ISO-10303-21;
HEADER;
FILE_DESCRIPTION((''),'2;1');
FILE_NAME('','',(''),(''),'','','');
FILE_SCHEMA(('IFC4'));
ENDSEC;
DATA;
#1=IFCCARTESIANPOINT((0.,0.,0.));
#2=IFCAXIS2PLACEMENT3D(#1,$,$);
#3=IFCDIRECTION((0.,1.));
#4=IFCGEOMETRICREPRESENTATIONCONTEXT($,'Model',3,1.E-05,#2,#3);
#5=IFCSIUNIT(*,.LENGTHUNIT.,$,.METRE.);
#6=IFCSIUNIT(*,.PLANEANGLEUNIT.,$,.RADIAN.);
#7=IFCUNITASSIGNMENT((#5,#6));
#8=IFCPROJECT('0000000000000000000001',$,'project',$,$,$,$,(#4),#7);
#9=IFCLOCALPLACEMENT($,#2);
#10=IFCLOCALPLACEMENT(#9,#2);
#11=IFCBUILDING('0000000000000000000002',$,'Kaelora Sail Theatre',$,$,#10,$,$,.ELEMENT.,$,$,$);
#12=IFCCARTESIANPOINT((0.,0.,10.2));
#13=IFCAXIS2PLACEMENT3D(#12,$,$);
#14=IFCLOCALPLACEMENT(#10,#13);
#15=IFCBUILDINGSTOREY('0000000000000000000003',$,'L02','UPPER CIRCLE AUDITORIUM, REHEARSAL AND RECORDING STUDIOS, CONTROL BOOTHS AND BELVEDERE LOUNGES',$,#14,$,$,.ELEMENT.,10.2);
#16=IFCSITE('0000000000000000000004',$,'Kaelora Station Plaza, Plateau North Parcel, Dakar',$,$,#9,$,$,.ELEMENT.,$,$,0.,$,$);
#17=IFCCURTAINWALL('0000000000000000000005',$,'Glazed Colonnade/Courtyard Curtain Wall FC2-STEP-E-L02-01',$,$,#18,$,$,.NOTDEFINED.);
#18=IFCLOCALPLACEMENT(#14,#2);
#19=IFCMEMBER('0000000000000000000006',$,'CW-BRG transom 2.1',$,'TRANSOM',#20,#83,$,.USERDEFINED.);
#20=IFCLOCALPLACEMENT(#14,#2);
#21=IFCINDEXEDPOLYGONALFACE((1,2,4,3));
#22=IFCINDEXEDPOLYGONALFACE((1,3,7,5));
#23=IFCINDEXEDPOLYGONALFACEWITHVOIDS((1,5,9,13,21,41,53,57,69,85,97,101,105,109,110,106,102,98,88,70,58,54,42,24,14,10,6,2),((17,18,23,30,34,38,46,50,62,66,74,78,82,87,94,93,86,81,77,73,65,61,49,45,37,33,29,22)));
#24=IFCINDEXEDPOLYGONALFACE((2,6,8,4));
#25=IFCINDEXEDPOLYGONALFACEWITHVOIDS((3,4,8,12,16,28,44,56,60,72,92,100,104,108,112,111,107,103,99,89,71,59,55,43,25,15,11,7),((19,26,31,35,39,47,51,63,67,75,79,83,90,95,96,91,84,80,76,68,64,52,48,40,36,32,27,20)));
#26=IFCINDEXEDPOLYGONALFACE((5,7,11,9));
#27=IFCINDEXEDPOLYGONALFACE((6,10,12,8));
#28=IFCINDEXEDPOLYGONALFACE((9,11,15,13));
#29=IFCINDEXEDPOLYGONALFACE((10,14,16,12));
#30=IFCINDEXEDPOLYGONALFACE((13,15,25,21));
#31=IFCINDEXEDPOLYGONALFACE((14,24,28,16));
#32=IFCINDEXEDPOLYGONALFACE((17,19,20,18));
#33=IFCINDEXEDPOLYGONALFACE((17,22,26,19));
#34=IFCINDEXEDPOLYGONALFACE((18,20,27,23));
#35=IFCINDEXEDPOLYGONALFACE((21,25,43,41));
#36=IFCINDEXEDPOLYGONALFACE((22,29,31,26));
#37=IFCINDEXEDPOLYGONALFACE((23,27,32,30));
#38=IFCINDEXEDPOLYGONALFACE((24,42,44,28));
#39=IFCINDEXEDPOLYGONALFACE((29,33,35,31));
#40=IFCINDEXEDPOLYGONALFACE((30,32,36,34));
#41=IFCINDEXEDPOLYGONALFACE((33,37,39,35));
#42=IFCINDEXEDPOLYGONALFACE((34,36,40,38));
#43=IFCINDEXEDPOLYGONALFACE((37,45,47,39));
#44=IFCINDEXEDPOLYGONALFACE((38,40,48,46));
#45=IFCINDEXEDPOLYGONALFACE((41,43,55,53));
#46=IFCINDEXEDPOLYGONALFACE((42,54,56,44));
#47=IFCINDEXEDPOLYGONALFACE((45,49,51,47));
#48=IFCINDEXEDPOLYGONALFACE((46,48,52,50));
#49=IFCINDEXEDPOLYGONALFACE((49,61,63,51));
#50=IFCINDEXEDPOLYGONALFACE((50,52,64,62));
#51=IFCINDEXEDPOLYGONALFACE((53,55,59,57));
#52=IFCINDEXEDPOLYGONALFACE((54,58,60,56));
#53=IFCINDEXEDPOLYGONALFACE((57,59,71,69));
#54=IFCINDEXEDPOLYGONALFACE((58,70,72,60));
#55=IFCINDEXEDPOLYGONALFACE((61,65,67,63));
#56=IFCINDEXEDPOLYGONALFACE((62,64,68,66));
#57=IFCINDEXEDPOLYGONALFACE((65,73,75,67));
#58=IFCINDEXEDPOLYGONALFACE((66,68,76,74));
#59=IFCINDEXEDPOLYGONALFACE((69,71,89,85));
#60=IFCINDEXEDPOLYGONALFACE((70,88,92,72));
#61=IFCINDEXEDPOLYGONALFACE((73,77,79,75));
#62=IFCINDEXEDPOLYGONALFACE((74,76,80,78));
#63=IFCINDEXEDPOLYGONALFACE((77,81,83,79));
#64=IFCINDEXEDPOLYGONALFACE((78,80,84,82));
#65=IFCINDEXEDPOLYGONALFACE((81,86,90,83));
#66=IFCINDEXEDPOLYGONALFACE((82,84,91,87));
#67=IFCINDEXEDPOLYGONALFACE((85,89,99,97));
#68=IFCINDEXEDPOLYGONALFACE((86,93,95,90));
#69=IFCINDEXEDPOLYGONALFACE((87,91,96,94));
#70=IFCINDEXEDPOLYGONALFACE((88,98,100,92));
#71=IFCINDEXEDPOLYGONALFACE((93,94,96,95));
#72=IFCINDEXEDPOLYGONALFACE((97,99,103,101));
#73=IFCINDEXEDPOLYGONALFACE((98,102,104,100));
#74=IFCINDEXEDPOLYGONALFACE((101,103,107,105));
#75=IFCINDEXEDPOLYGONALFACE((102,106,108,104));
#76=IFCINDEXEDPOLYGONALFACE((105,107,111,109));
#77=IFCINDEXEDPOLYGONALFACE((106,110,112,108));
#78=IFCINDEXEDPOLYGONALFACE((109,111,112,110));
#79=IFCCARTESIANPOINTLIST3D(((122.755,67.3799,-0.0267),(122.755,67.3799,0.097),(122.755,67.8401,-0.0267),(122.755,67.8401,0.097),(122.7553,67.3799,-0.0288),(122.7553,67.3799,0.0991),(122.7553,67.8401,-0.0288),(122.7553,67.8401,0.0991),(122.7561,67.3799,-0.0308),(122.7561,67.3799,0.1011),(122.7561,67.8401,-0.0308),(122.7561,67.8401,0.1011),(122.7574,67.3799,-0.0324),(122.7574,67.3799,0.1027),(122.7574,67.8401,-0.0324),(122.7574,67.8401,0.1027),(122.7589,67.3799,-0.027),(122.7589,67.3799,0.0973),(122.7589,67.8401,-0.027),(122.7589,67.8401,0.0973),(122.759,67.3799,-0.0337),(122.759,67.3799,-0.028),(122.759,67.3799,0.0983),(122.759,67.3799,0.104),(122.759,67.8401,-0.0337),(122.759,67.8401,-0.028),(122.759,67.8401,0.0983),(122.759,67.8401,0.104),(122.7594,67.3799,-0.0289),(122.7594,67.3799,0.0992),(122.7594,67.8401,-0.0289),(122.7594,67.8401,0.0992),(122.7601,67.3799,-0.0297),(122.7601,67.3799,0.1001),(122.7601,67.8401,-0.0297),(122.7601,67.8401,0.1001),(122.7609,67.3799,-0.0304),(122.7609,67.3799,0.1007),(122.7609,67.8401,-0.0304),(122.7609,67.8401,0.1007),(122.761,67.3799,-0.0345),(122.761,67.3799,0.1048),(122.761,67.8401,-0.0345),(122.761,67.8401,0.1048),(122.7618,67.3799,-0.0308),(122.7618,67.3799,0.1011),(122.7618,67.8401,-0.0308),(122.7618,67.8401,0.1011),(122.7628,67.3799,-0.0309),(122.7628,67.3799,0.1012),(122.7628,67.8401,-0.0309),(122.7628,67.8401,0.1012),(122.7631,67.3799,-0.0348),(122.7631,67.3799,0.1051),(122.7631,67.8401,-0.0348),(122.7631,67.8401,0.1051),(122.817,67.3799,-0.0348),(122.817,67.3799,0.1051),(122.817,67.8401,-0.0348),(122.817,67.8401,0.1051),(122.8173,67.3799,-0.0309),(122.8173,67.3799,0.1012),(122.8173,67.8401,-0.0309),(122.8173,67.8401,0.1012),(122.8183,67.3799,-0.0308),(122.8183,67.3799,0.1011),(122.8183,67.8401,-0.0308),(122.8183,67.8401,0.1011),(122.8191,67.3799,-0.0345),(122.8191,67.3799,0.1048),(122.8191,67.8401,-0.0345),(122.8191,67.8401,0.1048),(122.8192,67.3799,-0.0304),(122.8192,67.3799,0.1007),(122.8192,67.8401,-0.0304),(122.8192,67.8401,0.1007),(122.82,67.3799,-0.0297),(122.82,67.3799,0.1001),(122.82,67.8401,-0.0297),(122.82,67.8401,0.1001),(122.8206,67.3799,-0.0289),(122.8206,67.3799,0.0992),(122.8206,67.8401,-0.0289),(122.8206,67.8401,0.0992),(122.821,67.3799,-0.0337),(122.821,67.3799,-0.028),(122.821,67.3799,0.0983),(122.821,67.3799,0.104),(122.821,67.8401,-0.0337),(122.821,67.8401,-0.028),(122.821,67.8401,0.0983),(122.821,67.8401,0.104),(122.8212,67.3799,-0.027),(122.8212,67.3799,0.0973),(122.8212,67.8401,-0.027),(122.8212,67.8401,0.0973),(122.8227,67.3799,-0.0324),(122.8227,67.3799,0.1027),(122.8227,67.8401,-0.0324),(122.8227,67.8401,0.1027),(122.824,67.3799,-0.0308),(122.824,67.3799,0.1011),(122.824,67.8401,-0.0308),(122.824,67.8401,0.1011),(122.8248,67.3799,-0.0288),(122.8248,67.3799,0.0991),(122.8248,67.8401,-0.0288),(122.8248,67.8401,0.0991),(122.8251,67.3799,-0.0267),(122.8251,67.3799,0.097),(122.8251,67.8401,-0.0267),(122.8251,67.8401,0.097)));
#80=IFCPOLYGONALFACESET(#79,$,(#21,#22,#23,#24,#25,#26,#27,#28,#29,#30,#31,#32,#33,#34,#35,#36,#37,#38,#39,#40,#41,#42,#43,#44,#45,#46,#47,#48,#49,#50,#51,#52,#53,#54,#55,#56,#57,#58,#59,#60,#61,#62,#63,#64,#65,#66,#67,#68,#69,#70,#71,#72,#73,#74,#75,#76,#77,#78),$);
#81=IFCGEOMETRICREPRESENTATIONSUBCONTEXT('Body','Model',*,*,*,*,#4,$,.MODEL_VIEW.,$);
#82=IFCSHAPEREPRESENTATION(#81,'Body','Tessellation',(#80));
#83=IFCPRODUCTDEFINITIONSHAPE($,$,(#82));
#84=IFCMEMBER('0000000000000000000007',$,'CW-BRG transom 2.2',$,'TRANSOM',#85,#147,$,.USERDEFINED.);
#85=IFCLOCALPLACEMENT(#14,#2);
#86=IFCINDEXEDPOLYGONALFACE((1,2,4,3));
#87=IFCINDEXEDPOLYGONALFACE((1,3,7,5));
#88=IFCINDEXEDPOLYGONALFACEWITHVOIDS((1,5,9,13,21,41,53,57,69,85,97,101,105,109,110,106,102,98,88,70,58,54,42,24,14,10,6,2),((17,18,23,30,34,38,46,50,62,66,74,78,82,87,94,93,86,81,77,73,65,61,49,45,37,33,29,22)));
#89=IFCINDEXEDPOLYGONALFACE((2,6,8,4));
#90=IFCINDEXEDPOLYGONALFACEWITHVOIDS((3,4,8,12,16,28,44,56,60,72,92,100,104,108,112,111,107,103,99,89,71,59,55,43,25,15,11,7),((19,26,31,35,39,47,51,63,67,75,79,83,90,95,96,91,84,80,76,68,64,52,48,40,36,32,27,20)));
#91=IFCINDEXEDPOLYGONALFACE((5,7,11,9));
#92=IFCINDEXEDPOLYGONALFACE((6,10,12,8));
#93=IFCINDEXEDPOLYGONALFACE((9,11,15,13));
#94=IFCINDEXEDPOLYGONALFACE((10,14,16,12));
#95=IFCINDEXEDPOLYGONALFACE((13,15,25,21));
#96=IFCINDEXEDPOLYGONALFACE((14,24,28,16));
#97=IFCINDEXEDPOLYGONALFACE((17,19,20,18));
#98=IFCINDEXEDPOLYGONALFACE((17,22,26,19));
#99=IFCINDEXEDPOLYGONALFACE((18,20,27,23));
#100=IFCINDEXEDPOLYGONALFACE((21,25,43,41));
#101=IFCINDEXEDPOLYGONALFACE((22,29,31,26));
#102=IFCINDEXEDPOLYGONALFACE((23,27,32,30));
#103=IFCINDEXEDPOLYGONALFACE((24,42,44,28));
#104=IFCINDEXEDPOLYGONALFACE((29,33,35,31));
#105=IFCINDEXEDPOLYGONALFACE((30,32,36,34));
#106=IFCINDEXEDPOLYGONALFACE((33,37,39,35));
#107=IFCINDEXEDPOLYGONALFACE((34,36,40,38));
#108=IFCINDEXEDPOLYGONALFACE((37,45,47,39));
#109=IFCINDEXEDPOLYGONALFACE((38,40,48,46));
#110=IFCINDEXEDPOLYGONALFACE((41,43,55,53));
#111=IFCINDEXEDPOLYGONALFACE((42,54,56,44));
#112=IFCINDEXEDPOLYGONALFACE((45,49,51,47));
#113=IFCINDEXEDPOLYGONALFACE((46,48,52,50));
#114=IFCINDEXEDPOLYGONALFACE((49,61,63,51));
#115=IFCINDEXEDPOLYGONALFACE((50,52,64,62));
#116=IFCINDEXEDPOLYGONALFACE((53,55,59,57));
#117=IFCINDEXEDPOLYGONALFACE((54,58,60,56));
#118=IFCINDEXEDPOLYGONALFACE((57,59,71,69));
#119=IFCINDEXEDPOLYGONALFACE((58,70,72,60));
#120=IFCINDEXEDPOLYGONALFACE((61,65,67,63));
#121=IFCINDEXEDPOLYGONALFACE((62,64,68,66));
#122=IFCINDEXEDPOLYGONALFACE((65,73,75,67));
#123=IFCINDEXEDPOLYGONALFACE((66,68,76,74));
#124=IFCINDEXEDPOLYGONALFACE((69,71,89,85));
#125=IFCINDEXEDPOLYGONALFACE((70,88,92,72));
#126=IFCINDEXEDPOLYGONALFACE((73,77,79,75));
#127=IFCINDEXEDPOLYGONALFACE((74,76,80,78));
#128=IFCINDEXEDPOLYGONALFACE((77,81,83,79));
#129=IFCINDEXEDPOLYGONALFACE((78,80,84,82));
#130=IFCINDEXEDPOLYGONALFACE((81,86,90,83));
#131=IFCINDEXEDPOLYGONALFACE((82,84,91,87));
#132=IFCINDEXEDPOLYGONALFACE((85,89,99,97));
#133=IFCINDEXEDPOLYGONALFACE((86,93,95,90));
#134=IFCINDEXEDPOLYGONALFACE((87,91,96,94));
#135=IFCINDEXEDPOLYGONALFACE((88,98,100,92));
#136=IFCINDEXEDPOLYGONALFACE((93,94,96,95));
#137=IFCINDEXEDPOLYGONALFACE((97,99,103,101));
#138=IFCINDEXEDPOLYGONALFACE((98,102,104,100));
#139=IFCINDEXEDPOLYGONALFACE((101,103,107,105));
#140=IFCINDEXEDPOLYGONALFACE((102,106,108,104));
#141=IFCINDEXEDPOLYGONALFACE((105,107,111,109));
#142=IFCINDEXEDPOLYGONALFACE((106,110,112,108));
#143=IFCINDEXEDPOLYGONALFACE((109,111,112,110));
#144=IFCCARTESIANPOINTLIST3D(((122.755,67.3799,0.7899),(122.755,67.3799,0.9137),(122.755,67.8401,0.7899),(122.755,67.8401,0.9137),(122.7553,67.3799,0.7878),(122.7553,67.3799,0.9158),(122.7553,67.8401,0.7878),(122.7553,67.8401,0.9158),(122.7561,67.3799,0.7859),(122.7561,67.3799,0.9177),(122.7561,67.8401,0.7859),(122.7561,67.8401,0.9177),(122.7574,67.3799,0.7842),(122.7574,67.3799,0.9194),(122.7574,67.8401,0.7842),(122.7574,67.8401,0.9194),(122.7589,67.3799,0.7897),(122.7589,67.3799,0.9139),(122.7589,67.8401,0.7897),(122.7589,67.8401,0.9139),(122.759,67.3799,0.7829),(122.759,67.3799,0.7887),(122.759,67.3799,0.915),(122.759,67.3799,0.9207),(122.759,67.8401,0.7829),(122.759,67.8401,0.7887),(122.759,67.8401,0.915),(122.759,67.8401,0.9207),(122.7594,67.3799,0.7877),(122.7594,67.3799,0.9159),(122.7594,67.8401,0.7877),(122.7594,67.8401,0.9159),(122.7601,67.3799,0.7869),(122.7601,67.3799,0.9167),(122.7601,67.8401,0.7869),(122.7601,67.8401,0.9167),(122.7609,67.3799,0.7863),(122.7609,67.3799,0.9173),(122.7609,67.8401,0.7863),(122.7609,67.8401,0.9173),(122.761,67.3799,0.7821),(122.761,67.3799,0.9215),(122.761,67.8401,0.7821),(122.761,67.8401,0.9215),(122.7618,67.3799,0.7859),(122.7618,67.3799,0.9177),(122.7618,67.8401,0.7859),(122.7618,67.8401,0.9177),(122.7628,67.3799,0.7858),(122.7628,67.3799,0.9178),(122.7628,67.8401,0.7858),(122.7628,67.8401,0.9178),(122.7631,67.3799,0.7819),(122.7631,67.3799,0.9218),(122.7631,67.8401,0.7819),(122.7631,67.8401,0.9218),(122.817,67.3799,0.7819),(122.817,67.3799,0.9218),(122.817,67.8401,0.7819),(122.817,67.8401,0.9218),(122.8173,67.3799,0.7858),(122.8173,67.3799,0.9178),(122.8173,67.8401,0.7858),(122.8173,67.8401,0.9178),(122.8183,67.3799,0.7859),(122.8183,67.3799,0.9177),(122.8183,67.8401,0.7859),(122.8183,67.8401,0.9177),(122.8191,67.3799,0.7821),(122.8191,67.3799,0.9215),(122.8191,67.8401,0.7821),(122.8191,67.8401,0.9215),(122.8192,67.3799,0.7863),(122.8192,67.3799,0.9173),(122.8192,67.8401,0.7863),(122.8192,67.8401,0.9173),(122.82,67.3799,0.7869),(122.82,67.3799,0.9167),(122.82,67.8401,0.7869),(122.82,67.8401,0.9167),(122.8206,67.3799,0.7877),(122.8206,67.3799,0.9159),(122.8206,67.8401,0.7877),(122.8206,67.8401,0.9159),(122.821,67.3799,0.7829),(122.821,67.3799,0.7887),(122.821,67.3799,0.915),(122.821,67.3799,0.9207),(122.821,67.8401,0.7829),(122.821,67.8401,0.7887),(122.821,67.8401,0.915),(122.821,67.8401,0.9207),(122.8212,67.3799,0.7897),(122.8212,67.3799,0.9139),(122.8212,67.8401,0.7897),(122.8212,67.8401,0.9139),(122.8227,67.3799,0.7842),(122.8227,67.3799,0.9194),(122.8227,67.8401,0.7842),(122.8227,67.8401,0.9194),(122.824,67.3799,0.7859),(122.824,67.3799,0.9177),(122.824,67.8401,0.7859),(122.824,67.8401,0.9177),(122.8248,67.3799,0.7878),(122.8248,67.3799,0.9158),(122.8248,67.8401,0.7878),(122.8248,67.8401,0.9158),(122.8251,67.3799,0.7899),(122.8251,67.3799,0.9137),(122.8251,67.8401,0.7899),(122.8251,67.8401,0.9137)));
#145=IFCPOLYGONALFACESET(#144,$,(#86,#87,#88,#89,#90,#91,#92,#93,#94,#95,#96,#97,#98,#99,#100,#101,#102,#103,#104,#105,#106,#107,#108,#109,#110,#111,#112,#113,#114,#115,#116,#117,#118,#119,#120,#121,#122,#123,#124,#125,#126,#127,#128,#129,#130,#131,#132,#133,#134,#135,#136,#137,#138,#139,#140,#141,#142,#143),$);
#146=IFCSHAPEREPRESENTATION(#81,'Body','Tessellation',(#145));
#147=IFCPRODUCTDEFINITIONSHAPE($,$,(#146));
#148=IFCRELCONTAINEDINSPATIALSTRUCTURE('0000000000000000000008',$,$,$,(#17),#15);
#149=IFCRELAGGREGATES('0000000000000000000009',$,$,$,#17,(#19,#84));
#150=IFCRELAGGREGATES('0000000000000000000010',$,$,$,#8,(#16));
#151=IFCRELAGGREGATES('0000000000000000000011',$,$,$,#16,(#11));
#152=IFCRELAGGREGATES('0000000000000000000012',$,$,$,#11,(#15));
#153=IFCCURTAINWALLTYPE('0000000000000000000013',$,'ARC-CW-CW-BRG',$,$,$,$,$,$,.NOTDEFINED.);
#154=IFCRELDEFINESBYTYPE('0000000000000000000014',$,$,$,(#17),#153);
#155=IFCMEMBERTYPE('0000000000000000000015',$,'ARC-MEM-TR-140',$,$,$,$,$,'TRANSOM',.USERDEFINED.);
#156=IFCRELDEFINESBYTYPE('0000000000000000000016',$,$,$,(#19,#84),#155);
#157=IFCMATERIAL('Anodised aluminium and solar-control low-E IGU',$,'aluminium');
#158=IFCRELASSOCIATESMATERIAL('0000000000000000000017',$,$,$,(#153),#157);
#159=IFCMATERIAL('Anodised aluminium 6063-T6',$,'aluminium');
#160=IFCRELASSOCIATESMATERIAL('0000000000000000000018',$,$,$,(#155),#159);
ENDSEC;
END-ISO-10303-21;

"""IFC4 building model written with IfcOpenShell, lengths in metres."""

from ifc_helpers import new_model, si_unit, direction, frame, origin, origin_2d, place, context, subcontext, project, spatial, hollow_rectangle, extrude, material, material_profile, profile_set, type_object, element, aggregate, save


model = new_model("IFC4")

# Units and contexts
model_context = context("Model", 3, precision=1e-05, world=origin(), true_north=direction((0.0, 1.0)))
body_context = subcontext(model_context, "Body", "Model", "MODEL_VIEW")
ifc_project = project(units=[si_unit("LENGTHUNIT", "METRE"), si_unit("PLANEANGLEUNIT", "RADIAN")], contexts=[model_context])

# Site, building, storey
site_placement = place(None, origin())
site = spatial("IfcSite", under=ifc_project, at=site_placement, Name="Kaelora Station Plaza, Plateau North Parcel, Dakar", CompositionType="ELEMENT", RefElevation=0.0)
building_placement = place(site_placement, origin())
building = spatial("IfcBuilding", under=site, at=building_placement, Name="Kaelora Sail Theatre", CompositionType="ELEMENT")
storey_placement = place(building_placement, frame((0.0, 0.0, 10.2)))
storey = spatial("IfcBuildingStorey", under=building, at=storey_placement, Name="L02", Description="UPPER CIRCLE AUDITORIUM, REHEARSAL AND RECORDING STUDIOS, CONTROL BOOTHS AND BELVEDERE LOUNGES", CompositionType="ELEMENT", Elevation=10.2)

# Curtain wall
ifc_material_1 = material(Name="Anodised aluminium and solar-control low-E IGU", Category="aluminium")
curtain_wall_type = type_object("IfcCurtainWallType", Name="ARC-CW-CW-BRG", PredefinedType="NOTDEFINED", material=ifc_material_1)
curtain_wall_1_placement = place(storey_placement, origin())
curtain_wall_1 = element("IfcCurtainWall", 1, at=curtain_wall_1_placement, inside=storey, type_object=curtain_wall_type, Name="Glazed Colonnade/Courtyard Curtain Wall FC2-STEP-E-L02-01", PredefinedType="NOTDEFINED")

# Members
ifc_material_2 = material(Name="Anodised aluminium 6063-T6", Category="aluminium")
ifc_material_profile_1 = material_profile(ifc_material_2, hollow_rectangle(XDim=0.0701, YDim=0.1399, WallThickness=0.0039, InnerFilletRadius=0.0039, OuterFilletRadius=0.0081, at=origin_2d()), Name="ALU-TRAN 70x140x4")
ifc_profile_set_1 = profile_set([ifc_material_profile_1], Name="Anodised aluminium 6063-T6")
member_type_1 = type_object("IfcMemberType", Name="ARC-MEM-TR-140", ElementType="TRANSOM", PredefinedType="USERDEFINED", material=ifc_profile_set_1)
member_1_placement = place(storey_placement, frame((122.79, 67.3799, 0.0352), z_axis=(0.0, 1.0, 0.0), x_axis=(-1.0, 0.0, 0.0)))
member_1 = element("IfcMember", 2, at=member_1_placement, type_object=member_type_1, Name="CW-BRG transom 2.1", ObjectType="TRANSOM", PredefinedType="USERDEFINED", context=body_context, shape_type="SweptSolid", body=[
    extrude(hollow_rectangle(XDim=0.0701, YDim=0.1399, WallThickness=0.0039, InnerFilletRadius=0.0039, OuterFilletRadius=0.0081, at=origin_2d()), origin(), (0.0, 0.0, 1.0), 0.4602),
])
member_2_placement = place(storey_placement, frame((122.79, 67.3799, 0.8518), z_axis=(0.0, 1.0, 0.0), x_axis=(-1.0, 0.0, 0.0)))
member_2 = element("IfcMember", 3, at=member_2_placement, type_object=member_type_1, Name="CW-BRG transom 2.2", ObjectType="TRANSOM", PredefinedType="USERDEFINED", context=body_context, shape_type="SweptSolid", body=[
    extrude(hollow_rectangle(XDim=0.0701, YDim=0.1399, WallThickness=0.0039, InnerFilletRadius=0.0039, OuterFilletRadius=0.0081, at=origin_2d()), origin(), (0.0, 0.0, 1.0), 0.4602),
])

aggregate(curtain_wall_1, [member_1, member_2])

save(model, "model.ifc")
